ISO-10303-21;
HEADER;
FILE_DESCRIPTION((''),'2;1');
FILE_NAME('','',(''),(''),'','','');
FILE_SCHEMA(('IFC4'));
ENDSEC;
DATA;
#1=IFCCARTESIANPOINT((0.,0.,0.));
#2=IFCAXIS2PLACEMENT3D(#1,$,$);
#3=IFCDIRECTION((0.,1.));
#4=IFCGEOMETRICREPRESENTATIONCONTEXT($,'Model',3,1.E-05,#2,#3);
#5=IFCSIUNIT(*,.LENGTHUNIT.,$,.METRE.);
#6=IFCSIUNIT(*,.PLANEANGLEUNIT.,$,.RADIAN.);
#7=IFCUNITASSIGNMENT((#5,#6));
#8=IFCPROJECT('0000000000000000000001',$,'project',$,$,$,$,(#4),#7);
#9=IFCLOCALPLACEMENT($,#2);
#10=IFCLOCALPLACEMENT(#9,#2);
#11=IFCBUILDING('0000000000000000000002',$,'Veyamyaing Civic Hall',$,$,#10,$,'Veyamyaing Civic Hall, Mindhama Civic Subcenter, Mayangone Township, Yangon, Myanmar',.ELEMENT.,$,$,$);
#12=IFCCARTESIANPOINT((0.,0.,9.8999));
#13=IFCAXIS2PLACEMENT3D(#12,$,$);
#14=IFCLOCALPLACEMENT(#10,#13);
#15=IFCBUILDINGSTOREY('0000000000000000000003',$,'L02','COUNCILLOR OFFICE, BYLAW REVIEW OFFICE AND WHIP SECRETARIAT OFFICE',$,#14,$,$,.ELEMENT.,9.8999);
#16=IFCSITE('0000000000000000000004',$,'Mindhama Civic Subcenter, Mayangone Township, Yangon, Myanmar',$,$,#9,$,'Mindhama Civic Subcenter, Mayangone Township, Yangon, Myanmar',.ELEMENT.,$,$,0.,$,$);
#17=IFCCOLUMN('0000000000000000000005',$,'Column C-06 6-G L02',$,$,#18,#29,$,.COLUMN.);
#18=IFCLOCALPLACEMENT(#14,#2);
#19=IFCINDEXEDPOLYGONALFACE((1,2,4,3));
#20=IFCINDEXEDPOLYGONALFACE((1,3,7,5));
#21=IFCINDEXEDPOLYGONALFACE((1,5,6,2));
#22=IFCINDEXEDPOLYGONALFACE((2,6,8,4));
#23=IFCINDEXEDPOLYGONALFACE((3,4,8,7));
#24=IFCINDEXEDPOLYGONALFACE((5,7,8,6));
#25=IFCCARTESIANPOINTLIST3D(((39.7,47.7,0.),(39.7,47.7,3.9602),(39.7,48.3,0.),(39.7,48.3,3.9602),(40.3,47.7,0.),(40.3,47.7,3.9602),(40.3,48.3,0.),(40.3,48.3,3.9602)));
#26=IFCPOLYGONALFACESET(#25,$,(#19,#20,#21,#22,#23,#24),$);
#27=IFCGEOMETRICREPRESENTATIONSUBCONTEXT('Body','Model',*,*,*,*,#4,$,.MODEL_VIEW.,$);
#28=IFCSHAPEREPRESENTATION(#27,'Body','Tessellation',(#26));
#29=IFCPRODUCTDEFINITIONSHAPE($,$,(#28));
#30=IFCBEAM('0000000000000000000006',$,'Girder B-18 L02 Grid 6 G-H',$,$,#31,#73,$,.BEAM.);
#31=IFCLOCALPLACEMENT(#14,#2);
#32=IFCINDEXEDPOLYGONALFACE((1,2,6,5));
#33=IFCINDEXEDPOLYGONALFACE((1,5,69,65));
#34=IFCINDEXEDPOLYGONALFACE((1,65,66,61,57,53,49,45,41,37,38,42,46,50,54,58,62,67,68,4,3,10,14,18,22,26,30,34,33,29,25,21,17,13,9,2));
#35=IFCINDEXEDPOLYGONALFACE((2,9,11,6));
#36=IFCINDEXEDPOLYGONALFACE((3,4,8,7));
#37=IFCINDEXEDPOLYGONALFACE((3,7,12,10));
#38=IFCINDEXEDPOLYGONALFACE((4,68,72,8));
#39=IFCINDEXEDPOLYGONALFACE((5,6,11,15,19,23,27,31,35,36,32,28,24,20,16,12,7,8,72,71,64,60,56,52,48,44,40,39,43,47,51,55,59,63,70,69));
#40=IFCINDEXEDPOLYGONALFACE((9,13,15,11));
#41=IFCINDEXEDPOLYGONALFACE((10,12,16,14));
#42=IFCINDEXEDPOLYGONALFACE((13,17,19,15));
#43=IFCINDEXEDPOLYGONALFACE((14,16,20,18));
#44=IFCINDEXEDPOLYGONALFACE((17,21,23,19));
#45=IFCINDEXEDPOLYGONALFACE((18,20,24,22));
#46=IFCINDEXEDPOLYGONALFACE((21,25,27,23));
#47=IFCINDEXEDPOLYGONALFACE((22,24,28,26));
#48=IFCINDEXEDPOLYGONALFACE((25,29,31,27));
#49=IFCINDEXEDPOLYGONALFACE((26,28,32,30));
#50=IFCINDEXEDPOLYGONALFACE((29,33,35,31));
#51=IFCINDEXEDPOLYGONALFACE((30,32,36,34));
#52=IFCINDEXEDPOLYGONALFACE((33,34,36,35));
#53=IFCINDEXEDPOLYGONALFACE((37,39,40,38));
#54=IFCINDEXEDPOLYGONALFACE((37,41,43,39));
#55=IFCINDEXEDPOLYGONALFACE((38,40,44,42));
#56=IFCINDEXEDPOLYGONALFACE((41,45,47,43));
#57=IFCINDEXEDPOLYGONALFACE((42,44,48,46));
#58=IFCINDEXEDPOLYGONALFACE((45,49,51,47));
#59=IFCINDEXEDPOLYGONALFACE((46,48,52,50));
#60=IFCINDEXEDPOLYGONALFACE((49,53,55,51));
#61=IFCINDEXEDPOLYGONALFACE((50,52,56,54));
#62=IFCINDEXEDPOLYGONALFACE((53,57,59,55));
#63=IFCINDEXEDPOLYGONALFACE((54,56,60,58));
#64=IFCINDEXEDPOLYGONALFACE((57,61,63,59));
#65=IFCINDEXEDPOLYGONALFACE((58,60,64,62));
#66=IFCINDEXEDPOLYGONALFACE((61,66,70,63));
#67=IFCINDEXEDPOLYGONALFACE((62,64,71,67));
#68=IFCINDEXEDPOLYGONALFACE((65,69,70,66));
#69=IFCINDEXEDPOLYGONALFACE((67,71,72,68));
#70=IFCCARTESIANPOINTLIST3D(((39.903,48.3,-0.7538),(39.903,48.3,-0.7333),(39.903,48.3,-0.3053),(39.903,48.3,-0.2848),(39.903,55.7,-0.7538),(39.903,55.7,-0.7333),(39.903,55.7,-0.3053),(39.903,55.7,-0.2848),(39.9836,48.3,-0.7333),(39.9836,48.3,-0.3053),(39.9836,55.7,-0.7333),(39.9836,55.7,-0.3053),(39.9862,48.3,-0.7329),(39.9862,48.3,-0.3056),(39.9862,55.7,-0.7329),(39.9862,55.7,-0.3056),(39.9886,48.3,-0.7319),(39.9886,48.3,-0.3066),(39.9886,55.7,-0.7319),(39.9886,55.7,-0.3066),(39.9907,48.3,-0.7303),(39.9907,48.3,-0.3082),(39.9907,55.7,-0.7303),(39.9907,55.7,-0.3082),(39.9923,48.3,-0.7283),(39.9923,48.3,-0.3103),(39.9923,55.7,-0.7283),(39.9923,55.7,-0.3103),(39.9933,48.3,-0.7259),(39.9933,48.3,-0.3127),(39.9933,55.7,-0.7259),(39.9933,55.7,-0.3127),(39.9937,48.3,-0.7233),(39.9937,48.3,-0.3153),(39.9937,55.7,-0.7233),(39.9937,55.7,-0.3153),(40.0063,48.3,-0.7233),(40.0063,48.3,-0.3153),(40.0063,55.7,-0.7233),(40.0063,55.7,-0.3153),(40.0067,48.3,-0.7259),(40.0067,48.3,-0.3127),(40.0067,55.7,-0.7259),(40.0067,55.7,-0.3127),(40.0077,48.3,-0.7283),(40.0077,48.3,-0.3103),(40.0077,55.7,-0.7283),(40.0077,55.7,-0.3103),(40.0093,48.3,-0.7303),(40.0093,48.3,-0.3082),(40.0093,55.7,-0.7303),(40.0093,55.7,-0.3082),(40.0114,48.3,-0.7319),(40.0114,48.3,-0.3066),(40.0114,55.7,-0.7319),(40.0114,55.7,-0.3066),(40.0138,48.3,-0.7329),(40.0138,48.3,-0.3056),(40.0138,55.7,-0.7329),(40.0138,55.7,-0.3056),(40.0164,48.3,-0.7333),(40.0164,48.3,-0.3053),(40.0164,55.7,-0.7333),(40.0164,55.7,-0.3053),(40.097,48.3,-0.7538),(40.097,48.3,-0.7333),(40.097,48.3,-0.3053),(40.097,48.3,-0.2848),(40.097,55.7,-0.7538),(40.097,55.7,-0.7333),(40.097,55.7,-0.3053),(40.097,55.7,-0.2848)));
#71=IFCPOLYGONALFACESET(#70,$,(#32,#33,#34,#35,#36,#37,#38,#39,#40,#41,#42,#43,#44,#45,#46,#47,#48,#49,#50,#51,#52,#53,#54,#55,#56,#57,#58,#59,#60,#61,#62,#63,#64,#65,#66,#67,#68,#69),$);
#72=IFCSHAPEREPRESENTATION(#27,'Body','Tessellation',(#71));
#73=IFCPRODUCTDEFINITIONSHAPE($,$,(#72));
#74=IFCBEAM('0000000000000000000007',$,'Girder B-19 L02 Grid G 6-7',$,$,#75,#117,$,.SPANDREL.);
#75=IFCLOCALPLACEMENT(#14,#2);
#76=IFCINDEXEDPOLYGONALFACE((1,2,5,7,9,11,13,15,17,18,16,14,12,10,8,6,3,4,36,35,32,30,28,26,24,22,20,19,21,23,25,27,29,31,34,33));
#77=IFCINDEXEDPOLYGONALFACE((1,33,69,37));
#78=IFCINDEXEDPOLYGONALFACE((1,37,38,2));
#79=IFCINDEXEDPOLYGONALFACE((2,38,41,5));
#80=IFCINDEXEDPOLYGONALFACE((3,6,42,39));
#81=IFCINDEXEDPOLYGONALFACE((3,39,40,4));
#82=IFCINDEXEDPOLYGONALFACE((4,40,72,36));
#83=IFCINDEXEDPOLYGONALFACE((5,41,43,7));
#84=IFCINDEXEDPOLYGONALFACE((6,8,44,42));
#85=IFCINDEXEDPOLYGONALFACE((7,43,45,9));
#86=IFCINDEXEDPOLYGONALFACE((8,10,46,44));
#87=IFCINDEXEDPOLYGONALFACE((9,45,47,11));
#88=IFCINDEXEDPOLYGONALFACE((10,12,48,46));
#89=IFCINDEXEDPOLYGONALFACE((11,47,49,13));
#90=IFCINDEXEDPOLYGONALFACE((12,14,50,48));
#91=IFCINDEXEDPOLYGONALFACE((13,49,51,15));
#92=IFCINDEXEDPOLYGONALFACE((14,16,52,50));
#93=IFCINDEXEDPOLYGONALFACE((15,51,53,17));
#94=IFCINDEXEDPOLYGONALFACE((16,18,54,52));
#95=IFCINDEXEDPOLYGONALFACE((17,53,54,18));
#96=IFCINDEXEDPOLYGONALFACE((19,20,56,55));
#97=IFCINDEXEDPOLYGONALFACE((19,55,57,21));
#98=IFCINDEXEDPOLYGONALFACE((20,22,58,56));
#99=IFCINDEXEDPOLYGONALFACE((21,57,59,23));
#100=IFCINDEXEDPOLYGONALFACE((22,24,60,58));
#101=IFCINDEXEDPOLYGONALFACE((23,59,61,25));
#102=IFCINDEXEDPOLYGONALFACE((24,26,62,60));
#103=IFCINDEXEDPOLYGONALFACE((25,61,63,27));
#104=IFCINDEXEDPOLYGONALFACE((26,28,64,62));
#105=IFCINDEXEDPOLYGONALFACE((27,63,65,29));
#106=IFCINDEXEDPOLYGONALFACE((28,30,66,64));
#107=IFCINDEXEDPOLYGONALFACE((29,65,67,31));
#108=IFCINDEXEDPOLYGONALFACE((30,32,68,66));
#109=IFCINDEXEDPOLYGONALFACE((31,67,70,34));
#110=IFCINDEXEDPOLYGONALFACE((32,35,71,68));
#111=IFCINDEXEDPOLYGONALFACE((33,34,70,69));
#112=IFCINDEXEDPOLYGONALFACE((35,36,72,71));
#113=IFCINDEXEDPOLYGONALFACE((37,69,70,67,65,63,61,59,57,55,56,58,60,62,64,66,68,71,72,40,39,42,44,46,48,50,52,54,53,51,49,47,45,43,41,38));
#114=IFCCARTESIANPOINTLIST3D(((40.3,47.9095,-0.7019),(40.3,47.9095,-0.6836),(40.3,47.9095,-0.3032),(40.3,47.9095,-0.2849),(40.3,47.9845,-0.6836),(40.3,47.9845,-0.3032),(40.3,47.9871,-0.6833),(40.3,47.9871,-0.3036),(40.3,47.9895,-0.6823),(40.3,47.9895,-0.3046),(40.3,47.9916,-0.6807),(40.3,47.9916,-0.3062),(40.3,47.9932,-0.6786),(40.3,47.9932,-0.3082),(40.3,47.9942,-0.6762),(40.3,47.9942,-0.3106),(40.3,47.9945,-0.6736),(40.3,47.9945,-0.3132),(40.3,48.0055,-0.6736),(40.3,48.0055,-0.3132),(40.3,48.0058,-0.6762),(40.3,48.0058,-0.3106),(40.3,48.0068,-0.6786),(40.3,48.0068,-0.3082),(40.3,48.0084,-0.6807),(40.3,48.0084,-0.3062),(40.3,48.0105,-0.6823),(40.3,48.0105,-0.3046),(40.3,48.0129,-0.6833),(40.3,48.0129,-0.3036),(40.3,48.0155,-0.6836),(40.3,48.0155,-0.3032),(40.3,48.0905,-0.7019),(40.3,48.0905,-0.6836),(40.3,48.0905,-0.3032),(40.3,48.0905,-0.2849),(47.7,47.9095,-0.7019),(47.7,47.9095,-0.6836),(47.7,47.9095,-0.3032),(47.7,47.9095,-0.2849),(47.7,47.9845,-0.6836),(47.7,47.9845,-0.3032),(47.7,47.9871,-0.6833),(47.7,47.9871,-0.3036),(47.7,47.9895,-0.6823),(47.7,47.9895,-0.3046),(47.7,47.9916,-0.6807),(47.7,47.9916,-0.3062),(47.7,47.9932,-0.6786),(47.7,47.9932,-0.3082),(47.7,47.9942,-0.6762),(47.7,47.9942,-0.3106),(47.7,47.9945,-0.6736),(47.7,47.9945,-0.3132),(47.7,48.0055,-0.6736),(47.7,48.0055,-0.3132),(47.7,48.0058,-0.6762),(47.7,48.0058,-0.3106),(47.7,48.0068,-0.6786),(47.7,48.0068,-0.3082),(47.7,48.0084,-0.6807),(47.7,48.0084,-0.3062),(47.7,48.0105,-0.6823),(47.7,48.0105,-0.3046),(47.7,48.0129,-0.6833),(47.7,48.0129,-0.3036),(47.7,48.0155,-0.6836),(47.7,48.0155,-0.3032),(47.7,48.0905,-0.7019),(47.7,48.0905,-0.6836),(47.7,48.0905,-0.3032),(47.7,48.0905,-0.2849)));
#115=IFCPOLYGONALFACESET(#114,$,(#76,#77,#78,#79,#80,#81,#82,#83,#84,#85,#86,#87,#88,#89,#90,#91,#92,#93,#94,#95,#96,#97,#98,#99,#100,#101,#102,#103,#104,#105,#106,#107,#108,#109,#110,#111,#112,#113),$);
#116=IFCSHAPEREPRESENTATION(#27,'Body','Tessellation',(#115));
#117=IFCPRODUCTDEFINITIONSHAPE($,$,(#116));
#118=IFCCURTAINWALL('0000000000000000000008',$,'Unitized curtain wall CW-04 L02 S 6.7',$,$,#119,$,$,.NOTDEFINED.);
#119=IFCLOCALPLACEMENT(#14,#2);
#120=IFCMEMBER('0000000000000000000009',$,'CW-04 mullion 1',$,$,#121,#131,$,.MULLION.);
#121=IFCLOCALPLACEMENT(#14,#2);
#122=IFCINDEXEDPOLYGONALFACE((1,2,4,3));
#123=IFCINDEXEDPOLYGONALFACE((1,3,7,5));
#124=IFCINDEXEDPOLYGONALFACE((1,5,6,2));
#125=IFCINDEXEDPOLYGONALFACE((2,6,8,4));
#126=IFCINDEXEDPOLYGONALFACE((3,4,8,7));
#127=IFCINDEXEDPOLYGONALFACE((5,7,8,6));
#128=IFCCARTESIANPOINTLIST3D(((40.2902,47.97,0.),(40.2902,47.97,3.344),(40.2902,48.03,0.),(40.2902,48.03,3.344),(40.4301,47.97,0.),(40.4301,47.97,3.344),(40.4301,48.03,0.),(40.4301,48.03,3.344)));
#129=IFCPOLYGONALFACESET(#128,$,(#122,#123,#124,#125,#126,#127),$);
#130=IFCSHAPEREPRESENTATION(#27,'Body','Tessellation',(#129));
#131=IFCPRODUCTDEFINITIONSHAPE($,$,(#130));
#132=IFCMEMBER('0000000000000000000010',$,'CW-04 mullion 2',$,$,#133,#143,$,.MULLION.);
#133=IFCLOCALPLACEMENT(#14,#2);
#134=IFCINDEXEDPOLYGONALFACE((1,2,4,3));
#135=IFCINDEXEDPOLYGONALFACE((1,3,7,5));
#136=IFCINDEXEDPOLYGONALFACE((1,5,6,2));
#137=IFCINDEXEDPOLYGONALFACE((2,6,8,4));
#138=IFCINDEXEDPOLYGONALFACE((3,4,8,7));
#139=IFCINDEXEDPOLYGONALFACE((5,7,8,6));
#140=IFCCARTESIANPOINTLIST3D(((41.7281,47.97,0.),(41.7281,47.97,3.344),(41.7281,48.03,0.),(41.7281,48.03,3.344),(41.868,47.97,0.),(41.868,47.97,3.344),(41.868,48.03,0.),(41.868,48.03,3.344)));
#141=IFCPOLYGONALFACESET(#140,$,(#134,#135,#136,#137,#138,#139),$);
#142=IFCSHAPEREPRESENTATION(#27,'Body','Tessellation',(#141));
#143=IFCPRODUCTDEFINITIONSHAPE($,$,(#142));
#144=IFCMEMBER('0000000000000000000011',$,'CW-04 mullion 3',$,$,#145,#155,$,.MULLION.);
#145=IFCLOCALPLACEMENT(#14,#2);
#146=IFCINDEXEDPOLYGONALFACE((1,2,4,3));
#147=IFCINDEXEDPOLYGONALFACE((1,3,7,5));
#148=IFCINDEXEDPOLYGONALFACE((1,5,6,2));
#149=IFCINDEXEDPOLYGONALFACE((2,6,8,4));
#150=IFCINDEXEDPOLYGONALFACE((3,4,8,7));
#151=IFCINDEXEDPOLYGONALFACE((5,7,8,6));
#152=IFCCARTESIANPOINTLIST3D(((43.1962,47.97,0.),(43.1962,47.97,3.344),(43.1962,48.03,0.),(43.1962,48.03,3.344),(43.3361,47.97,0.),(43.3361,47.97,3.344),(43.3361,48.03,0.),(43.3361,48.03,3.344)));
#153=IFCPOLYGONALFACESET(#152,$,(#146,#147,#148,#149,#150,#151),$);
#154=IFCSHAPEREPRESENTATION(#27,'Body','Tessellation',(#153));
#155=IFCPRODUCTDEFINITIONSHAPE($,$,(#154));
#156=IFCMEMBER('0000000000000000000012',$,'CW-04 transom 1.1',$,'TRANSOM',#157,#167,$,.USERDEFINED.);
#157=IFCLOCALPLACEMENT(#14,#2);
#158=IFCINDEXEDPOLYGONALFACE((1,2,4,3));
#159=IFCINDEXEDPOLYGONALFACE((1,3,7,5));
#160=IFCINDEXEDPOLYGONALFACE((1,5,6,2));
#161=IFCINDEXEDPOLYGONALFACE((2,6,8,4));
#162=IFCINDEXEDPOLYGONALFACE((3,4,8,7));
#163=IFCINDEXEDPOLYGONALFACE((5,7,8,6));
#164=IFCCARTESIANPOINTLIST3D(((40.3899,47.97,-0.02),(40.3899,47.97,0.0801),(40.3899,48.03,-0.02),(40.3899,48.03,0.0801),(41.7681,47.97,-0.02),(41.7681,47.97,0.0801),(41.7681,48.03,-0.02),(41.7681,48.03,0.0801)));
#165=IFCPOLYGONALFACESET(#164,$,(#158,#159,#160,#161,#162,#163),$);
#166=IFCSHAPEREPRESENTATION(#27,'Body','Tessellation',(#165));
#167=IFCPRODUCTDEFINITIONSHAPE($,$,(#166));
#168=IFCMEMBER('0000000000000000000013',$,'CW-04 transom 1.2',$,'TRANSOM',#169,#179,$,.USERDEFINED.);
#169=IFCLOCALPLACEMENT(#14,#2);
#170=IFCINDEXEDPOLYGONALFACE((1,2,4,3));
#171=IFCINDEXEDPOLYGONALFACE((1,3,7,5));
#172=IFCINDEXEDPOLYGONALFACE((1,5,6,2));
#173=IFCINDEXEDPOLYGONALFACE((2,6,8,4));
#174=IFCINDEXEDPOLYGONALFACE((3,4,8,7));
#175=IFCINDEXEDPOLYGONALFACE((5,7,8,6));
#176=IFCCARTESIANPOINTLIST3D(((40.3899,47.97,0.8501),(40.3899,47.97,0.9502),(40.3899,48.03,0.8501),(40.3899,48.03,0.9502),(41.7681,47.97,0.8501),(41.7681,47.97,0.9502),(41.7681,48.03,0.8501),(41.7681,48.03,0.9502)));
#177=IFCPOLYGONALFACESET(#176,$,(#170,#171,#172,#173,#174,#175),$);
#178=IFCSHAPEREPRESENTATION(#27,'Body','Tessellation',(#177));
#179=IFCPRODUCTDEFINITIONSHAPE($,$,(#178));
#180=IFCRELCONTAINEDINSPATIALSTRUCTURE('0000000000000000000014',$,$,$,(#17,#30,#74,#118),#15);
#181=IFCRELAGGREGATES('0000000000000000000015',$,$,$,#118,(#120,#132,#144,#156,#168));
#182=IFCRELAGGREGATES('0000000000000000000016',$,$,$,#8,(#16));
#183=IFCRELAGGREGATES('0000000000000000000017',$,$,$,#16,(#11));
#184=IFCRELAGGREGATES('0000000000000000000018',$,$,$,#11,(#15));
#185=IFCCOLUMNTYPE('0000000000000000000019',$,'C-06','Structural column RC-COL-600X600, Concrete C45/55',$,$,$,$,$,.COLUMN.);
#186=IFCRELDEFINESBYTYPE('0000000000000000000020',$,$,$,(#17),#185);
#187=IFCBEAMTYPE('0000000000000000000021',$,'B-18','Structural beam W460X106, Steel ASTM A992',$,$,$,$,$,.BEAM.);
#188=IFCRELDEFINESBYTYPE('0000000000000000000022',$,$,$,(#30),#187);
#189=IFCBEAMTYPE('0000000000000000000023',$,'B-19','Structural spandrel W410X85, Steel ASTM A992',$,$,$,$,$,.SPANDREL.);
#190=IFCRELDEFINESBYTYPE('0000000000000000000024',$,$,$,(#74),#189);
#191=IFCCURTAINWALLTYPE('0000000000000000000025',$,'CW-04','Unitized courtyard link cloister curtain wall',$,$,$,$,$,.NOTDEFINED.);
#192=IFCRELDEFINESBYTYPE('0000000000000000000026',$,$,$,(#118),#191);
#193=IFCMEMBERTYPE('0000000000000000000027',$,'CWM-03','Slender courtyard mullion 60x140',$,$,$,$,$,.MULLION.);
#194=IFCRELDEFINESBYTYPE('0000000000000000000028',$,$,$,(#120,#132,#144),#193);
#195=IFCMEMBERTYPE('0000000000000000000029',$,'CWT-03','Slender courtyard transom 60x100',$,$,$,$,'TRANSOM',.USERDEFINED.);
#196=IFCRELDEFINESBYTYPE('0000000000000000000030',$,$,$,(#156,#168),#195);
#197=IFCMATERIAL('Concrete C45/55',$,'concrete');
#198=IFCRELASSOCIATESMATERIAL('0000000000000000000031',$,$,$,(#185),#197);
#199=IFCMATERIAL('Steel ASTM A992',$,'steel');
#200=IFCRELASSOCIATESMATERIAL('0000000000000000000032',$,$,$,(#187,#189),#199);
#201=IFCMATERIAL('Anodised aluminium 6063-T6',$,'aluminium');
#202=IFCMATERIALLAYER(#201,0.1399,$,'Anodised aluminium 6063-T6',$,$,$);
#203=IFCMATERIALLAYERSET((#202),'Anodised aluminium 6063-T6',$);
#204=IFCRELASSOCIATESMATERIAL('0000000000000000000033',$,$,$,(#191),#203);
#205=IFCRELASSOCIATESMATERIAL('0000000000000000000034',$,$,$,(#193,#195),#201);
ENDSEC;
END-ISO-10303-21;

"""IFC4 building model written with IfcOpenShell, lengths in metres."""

from ifc_helpers import new_model, si_unit, direction, frame, origin, origin_2d, place, context, subcontext, project, spatial, rectangle, i_section, extrude, material, layer, layer_set, material_profile, profile_set, type_object, element, aggregate, save


model = new_model("IFC4")

# Units and contexts
model_context = context("Model", 3, precision=1e-05, world=origin(), true_north=direction((0.0, 1.0)))
body_context = subcontext(model_context, "Body", "Model", "MODEL_VIEW")
ifc_project = project(units=[si_unit("LENGTHUNIT", "METRE"), si_unit("PLANEANGLEUNIT", "RADIAN")], contexts=[model_context])

# Site, building, storey
site_placement = place(None, origin())
site = spatial("IfcSite", under=ifc_project, at=site_placement, Name="Mindhama Civic Subcenter, Mayangone Township, Yangon, Myanmar", LongName="Mindhama Civic Subcenter, Mayangone Township, Yangon, Myanmar", CompositionType="ELEMENT", RefElevation=0.0)
building_placement = place(site_placement, origin())
building = spatial("IfcBuilding", under=site, at=building_placement, Name="Veyamyaing Civic Hall", LongName="Veyamyaing Civic Hall, Mindhama Civic Subcenter, Mayangone Township, Yangon, Myanmar", CompositionType="ELEMENT")
storey_placement = place(building_placement, frame((0.0, 0.0, 9.8999)))
storey = spatial("IfcBuildingStorey", under=building, at=storey_placement, Name="L02", Description="COUNCILLOR OFFICE, BYLAW REVIEW OFFICE AND WHIP SECRETARIAT OFFICE", CompositionType="ELEMENT", Elevation=9.8999)

# Column
ifc_material_1 = material(Name="Concrete C45/55", Category="concrete")
ifc_material_profile_1 = material_profile(ifc_material_1, rectangle(XDim=0.6001, YDim=0.6001, at=origin_2d()), Name="RC-COL-600X600")
ifc_profile_set_1 = profile_set([ifc_material_profile_1], Name="Concrete C45/55")
column_type = type_object("IfcColumnType", Name="C-06", Description="Structural column RC-COL-600X600, Concrete C45/55", PredefinedType="COLUMN", material=ifc_profile_set_1)
column_placement = place(storey_placement, frame((40.0, 48.0, 0.0), z_axis=(0.0, 0.0, 1.0), x_axis=(1.0, 0.0, 0.0)))
element("IfcColumn", 1, at=column_placement, inside=storey, type_object=column_type, Name="Column C-06 6-G L02", PredefinedType="COLUMN", context=body_context, shape_type="SweptSolid", body=[
    extrude(rectangle(XDim=0.6001, YDim=0.6001, at=origin_2d()), origin(), (0.0, 0.0, 1.0), 3.9602),
])

# Beams
ifc_material_2 = material(Name="Steel ASTM A992", Category="steel")
ifc_material_profile_2 = material_profile(ifc_material_2, i_section(OverallWidth=0.1941, OverallDepth=0.469, WebThickness=0.0127, FlangeThickness=0.0205, FilletRadius=0.01, at=origin_2d()), Name="W460X106")
ifc_profile_set_2 = profile_set([ifc_material_profile_2], Name="Steel ASTM A992")
beam_type_1 = type_object("IfcBeamType", Name="B-18", Description="Structural beam W460X106, Steel ASTM A992", PredefinedType="BEAM", material=ifc_profile_set_2)
beam_1_placement = place(storey_placement, frame((40.0, 48.3, -0.5193), z_axis=(0.0, 1.0, 0.0), x_axis=(-1.0, 0.0, 0.0)))
element("IfcBeam", 2, at=beam_1_placement, inside=storey, type_object=beam_type_1, Name="Girder B-18 L02 Grid 6 G-H", PredefinedType="BEAM", context=body_context, shape_type="SweptSolid", body=[
    extrude(i_section(OverallWidth=0.1941, OverallDepth=0.469, WebThickness=0.0127, FlangeThickness=0.0205, FilletRadius=0.01, at=origin_2d()), origin(), (0.0, 0.0, 1.0), 7.3999),
])
ifc_material_profile_3 = material_profile(ifc_material_2, i_section(OverallWidth=0.1809, OverallDepth=0.417, WebThickness=0.011, FlangeThickness=0.0183, FilletRadius=0.01, at=origin_2d()), Name="W410X85")
ifc_profile_set_3 = profile_set([ifc_material_profile_3], Name="Steel ASTM A992")
beam_type_2 = type_object("IfcBeamType", Name="B-19", Description="Structural spandrel W410X85, Steel ASTM A992", PredefinedType="SPANDREL", material=ifc_profile_set_3)
beam_2_placement = place(storey_placement, frame((40.3, 48.0, -0.4934), z_axis=(1.0, 0.0, 0.0), x_axis=(0.0, 1.0, 0.0)))
element("IfcBeam", 3, at=beam_2_placement, inside=storey, type_object=beam_type_2, Name="Girder B-19 L02 Grid G 6-7", PredefinedType="SPANDREL", context=body_context, shape_type="SweptSolid", body=[
    extrude(i_section(OverallWidth=0.1809, OverallDepth=0.417, WebThickness=0.011, FlangeThickness=0.0183, FilletRadius=0.01, at=origin_2d()), origin(), (0.0, 0.0, 1.0), 7.3999),
])

# Curtain wall, members
ifc_material_3 = material(Name="Anodised aluminium 6063-T6", Category="aluminium")
ifc_layer_1 = layer(ifc_material_3, 0.1399, Name="Anodised aluminium 6063-T6")
ifc_layer_set_1 = layer_set([ifc_layer_1], Name="Anodised aluminium 6063-T6")
curtain_wall_type = type_object("IfcCurtainWallType", Name="CW-04", Description="Unitized courtyard link cloister curtain wall", PredefinedType="NOTDEFINED", material=ifc_layer_set_1)
curtain_wall_placement = place(storey_placement, origin())
curtain_wall = element("IfcCurtainWall", 4, at=curtain_wall_placement, inside=storey, type_object=curtain_wall_type, Name="Unitized curtain wall CW-04 L02 S 6.7", PredefinedType="NOTDEFINED")
ifc_material_profile_4 = material_profile(ifc_material_3, rectangle(XDim=0.0601, YDim=0.1399, at=origin_2d()), Name="ALU-MUL-60X140")
ifc_profile_set_4 = profile_set([ifc_material_profile_4], Name="Anodised aluminium 6063-T6")
member_type_1 = type_object("IfcMemberType", Name="CWM-03", Description="Slender courtyard mullion 60x140", PredefinedType="MULLION", material=ifc_profile_set_4)
member_1_placement = place(storey_placement, frame((40.3601, 48.0, 0.0), z_axis=(0.0, 0.0, 1.0), x_axis=(0.0, 1.0, 0.0)))
member_1 = element("IfcMember", 5, at=member_1_placement, type_object=member_type_1, Name="CW-04 mullion 1", PredefinedType="MULLION", context=body_context, shape_type="SweptSolid", body=[
    extrude(rectangle(XDim=0.0601, YDim=0.1399, at=origin_2d()), origin(), (0.0, 0.0, 1.0), 3.344),
])
member_2_placement = place(storey_placement, frame((41.7981, 48.0, 0.0), z_axis=(0.0, 0.0, 1.0), x_axis=(0.0, 1.0, 0.0)))
member_2 = element("IfcMember", 6, at=member_2_placement, type_object=member_type_1, Name="CW-04 mullion 2", PredefinedType="MULLION", context=body_context, shape_type="SweptSolid", body=[
    extrude(rectangle(XDim=0.0601, YDim=0.1399, at=origin_2d()), origin(), (0.0, 0.0, 1.0), 3.344),
])
member_3_placement = place(storey_placement, frame((43.2661, 48.0, 0.0), z_axis=(0.0, 0.0, 1.0), x_axis=(0.0, 1.0, 0.0)))
member_3 = element("IfcMember", 7, at=member_3_placement, type_object=member_type_1, Name="CW-04 mullion 3", PredefinedType="MULLION", context=body_context, shape_type="SweptSolid", body=[
    extrude(rectangle(XDim=0.0601, YDim=0.1399, at=origin_2d()), origin(), (0.0, 0.0, 1.0), 3.344),
])
ifc_material_profile_5 = material_profile(ifc_material_3, rectangle(XDim=0.0601, YDim=0.1001, at=origin_2d()), Name="ALU-TRN-60X100")
ifc_profile_set_5 = profile_set([ifc_material_profile_5], Name="Anodised aluminium 6063-T6")
member_type_2 = type_object("IfcMemberType", Name="CWT-03", Description="Slender courtyard transom 60x100", ElementType="TRANSOM", PredefinedType="USERDEFINED", material=ifc_profile_set_5)
member_4_placement = place(storey_placement, frame((40.3899, 48.0, 0.03), z_axis=(1.0, 0.0, 0.0), x_axis=(0.0, 1.0, 0.0)))
member_4 = element("IfcMember", 8, at=member_4_placement, type_object=member_type_2, Name="CW-04 transom 1.1", ObjectType="TRANSOM", PredefinedType="USERDEFINED", context=body_context, shape_type="SweptSolid", body=[
    extrude(rectangle(XDim=0.0601, YDim=0.1001, at=origin_2d()), origin(), (0.0, 0.0, 1.0), 1.3782),
])
member_5_placement = place(storey_placement, frame((40.3899, 48.0, 0.9001), z_axis=(1.0, 0.0, 0.0), x_axis=(0.0, 1.0, 0.0)))
member_5 = element("IfcMember", 9, at=member_5_placement, type_object=member_type_2, Name="CW-04 transom 1.2", ObjectType="TRANSOM", PredefinedType="USERDEFINED", context=body_context, shape_type="SweptSolid", body=[
    extrude(rectangle(XDim=0.0601, YDim=0.1001, at=origin_2d()), origin(), (0.0, 0.0, 1.0), 1.3782),
])

aggregate(curtain_wall, [member_1, member_2, member_3, member_4, member_5])

save(model, "model.ifc")
